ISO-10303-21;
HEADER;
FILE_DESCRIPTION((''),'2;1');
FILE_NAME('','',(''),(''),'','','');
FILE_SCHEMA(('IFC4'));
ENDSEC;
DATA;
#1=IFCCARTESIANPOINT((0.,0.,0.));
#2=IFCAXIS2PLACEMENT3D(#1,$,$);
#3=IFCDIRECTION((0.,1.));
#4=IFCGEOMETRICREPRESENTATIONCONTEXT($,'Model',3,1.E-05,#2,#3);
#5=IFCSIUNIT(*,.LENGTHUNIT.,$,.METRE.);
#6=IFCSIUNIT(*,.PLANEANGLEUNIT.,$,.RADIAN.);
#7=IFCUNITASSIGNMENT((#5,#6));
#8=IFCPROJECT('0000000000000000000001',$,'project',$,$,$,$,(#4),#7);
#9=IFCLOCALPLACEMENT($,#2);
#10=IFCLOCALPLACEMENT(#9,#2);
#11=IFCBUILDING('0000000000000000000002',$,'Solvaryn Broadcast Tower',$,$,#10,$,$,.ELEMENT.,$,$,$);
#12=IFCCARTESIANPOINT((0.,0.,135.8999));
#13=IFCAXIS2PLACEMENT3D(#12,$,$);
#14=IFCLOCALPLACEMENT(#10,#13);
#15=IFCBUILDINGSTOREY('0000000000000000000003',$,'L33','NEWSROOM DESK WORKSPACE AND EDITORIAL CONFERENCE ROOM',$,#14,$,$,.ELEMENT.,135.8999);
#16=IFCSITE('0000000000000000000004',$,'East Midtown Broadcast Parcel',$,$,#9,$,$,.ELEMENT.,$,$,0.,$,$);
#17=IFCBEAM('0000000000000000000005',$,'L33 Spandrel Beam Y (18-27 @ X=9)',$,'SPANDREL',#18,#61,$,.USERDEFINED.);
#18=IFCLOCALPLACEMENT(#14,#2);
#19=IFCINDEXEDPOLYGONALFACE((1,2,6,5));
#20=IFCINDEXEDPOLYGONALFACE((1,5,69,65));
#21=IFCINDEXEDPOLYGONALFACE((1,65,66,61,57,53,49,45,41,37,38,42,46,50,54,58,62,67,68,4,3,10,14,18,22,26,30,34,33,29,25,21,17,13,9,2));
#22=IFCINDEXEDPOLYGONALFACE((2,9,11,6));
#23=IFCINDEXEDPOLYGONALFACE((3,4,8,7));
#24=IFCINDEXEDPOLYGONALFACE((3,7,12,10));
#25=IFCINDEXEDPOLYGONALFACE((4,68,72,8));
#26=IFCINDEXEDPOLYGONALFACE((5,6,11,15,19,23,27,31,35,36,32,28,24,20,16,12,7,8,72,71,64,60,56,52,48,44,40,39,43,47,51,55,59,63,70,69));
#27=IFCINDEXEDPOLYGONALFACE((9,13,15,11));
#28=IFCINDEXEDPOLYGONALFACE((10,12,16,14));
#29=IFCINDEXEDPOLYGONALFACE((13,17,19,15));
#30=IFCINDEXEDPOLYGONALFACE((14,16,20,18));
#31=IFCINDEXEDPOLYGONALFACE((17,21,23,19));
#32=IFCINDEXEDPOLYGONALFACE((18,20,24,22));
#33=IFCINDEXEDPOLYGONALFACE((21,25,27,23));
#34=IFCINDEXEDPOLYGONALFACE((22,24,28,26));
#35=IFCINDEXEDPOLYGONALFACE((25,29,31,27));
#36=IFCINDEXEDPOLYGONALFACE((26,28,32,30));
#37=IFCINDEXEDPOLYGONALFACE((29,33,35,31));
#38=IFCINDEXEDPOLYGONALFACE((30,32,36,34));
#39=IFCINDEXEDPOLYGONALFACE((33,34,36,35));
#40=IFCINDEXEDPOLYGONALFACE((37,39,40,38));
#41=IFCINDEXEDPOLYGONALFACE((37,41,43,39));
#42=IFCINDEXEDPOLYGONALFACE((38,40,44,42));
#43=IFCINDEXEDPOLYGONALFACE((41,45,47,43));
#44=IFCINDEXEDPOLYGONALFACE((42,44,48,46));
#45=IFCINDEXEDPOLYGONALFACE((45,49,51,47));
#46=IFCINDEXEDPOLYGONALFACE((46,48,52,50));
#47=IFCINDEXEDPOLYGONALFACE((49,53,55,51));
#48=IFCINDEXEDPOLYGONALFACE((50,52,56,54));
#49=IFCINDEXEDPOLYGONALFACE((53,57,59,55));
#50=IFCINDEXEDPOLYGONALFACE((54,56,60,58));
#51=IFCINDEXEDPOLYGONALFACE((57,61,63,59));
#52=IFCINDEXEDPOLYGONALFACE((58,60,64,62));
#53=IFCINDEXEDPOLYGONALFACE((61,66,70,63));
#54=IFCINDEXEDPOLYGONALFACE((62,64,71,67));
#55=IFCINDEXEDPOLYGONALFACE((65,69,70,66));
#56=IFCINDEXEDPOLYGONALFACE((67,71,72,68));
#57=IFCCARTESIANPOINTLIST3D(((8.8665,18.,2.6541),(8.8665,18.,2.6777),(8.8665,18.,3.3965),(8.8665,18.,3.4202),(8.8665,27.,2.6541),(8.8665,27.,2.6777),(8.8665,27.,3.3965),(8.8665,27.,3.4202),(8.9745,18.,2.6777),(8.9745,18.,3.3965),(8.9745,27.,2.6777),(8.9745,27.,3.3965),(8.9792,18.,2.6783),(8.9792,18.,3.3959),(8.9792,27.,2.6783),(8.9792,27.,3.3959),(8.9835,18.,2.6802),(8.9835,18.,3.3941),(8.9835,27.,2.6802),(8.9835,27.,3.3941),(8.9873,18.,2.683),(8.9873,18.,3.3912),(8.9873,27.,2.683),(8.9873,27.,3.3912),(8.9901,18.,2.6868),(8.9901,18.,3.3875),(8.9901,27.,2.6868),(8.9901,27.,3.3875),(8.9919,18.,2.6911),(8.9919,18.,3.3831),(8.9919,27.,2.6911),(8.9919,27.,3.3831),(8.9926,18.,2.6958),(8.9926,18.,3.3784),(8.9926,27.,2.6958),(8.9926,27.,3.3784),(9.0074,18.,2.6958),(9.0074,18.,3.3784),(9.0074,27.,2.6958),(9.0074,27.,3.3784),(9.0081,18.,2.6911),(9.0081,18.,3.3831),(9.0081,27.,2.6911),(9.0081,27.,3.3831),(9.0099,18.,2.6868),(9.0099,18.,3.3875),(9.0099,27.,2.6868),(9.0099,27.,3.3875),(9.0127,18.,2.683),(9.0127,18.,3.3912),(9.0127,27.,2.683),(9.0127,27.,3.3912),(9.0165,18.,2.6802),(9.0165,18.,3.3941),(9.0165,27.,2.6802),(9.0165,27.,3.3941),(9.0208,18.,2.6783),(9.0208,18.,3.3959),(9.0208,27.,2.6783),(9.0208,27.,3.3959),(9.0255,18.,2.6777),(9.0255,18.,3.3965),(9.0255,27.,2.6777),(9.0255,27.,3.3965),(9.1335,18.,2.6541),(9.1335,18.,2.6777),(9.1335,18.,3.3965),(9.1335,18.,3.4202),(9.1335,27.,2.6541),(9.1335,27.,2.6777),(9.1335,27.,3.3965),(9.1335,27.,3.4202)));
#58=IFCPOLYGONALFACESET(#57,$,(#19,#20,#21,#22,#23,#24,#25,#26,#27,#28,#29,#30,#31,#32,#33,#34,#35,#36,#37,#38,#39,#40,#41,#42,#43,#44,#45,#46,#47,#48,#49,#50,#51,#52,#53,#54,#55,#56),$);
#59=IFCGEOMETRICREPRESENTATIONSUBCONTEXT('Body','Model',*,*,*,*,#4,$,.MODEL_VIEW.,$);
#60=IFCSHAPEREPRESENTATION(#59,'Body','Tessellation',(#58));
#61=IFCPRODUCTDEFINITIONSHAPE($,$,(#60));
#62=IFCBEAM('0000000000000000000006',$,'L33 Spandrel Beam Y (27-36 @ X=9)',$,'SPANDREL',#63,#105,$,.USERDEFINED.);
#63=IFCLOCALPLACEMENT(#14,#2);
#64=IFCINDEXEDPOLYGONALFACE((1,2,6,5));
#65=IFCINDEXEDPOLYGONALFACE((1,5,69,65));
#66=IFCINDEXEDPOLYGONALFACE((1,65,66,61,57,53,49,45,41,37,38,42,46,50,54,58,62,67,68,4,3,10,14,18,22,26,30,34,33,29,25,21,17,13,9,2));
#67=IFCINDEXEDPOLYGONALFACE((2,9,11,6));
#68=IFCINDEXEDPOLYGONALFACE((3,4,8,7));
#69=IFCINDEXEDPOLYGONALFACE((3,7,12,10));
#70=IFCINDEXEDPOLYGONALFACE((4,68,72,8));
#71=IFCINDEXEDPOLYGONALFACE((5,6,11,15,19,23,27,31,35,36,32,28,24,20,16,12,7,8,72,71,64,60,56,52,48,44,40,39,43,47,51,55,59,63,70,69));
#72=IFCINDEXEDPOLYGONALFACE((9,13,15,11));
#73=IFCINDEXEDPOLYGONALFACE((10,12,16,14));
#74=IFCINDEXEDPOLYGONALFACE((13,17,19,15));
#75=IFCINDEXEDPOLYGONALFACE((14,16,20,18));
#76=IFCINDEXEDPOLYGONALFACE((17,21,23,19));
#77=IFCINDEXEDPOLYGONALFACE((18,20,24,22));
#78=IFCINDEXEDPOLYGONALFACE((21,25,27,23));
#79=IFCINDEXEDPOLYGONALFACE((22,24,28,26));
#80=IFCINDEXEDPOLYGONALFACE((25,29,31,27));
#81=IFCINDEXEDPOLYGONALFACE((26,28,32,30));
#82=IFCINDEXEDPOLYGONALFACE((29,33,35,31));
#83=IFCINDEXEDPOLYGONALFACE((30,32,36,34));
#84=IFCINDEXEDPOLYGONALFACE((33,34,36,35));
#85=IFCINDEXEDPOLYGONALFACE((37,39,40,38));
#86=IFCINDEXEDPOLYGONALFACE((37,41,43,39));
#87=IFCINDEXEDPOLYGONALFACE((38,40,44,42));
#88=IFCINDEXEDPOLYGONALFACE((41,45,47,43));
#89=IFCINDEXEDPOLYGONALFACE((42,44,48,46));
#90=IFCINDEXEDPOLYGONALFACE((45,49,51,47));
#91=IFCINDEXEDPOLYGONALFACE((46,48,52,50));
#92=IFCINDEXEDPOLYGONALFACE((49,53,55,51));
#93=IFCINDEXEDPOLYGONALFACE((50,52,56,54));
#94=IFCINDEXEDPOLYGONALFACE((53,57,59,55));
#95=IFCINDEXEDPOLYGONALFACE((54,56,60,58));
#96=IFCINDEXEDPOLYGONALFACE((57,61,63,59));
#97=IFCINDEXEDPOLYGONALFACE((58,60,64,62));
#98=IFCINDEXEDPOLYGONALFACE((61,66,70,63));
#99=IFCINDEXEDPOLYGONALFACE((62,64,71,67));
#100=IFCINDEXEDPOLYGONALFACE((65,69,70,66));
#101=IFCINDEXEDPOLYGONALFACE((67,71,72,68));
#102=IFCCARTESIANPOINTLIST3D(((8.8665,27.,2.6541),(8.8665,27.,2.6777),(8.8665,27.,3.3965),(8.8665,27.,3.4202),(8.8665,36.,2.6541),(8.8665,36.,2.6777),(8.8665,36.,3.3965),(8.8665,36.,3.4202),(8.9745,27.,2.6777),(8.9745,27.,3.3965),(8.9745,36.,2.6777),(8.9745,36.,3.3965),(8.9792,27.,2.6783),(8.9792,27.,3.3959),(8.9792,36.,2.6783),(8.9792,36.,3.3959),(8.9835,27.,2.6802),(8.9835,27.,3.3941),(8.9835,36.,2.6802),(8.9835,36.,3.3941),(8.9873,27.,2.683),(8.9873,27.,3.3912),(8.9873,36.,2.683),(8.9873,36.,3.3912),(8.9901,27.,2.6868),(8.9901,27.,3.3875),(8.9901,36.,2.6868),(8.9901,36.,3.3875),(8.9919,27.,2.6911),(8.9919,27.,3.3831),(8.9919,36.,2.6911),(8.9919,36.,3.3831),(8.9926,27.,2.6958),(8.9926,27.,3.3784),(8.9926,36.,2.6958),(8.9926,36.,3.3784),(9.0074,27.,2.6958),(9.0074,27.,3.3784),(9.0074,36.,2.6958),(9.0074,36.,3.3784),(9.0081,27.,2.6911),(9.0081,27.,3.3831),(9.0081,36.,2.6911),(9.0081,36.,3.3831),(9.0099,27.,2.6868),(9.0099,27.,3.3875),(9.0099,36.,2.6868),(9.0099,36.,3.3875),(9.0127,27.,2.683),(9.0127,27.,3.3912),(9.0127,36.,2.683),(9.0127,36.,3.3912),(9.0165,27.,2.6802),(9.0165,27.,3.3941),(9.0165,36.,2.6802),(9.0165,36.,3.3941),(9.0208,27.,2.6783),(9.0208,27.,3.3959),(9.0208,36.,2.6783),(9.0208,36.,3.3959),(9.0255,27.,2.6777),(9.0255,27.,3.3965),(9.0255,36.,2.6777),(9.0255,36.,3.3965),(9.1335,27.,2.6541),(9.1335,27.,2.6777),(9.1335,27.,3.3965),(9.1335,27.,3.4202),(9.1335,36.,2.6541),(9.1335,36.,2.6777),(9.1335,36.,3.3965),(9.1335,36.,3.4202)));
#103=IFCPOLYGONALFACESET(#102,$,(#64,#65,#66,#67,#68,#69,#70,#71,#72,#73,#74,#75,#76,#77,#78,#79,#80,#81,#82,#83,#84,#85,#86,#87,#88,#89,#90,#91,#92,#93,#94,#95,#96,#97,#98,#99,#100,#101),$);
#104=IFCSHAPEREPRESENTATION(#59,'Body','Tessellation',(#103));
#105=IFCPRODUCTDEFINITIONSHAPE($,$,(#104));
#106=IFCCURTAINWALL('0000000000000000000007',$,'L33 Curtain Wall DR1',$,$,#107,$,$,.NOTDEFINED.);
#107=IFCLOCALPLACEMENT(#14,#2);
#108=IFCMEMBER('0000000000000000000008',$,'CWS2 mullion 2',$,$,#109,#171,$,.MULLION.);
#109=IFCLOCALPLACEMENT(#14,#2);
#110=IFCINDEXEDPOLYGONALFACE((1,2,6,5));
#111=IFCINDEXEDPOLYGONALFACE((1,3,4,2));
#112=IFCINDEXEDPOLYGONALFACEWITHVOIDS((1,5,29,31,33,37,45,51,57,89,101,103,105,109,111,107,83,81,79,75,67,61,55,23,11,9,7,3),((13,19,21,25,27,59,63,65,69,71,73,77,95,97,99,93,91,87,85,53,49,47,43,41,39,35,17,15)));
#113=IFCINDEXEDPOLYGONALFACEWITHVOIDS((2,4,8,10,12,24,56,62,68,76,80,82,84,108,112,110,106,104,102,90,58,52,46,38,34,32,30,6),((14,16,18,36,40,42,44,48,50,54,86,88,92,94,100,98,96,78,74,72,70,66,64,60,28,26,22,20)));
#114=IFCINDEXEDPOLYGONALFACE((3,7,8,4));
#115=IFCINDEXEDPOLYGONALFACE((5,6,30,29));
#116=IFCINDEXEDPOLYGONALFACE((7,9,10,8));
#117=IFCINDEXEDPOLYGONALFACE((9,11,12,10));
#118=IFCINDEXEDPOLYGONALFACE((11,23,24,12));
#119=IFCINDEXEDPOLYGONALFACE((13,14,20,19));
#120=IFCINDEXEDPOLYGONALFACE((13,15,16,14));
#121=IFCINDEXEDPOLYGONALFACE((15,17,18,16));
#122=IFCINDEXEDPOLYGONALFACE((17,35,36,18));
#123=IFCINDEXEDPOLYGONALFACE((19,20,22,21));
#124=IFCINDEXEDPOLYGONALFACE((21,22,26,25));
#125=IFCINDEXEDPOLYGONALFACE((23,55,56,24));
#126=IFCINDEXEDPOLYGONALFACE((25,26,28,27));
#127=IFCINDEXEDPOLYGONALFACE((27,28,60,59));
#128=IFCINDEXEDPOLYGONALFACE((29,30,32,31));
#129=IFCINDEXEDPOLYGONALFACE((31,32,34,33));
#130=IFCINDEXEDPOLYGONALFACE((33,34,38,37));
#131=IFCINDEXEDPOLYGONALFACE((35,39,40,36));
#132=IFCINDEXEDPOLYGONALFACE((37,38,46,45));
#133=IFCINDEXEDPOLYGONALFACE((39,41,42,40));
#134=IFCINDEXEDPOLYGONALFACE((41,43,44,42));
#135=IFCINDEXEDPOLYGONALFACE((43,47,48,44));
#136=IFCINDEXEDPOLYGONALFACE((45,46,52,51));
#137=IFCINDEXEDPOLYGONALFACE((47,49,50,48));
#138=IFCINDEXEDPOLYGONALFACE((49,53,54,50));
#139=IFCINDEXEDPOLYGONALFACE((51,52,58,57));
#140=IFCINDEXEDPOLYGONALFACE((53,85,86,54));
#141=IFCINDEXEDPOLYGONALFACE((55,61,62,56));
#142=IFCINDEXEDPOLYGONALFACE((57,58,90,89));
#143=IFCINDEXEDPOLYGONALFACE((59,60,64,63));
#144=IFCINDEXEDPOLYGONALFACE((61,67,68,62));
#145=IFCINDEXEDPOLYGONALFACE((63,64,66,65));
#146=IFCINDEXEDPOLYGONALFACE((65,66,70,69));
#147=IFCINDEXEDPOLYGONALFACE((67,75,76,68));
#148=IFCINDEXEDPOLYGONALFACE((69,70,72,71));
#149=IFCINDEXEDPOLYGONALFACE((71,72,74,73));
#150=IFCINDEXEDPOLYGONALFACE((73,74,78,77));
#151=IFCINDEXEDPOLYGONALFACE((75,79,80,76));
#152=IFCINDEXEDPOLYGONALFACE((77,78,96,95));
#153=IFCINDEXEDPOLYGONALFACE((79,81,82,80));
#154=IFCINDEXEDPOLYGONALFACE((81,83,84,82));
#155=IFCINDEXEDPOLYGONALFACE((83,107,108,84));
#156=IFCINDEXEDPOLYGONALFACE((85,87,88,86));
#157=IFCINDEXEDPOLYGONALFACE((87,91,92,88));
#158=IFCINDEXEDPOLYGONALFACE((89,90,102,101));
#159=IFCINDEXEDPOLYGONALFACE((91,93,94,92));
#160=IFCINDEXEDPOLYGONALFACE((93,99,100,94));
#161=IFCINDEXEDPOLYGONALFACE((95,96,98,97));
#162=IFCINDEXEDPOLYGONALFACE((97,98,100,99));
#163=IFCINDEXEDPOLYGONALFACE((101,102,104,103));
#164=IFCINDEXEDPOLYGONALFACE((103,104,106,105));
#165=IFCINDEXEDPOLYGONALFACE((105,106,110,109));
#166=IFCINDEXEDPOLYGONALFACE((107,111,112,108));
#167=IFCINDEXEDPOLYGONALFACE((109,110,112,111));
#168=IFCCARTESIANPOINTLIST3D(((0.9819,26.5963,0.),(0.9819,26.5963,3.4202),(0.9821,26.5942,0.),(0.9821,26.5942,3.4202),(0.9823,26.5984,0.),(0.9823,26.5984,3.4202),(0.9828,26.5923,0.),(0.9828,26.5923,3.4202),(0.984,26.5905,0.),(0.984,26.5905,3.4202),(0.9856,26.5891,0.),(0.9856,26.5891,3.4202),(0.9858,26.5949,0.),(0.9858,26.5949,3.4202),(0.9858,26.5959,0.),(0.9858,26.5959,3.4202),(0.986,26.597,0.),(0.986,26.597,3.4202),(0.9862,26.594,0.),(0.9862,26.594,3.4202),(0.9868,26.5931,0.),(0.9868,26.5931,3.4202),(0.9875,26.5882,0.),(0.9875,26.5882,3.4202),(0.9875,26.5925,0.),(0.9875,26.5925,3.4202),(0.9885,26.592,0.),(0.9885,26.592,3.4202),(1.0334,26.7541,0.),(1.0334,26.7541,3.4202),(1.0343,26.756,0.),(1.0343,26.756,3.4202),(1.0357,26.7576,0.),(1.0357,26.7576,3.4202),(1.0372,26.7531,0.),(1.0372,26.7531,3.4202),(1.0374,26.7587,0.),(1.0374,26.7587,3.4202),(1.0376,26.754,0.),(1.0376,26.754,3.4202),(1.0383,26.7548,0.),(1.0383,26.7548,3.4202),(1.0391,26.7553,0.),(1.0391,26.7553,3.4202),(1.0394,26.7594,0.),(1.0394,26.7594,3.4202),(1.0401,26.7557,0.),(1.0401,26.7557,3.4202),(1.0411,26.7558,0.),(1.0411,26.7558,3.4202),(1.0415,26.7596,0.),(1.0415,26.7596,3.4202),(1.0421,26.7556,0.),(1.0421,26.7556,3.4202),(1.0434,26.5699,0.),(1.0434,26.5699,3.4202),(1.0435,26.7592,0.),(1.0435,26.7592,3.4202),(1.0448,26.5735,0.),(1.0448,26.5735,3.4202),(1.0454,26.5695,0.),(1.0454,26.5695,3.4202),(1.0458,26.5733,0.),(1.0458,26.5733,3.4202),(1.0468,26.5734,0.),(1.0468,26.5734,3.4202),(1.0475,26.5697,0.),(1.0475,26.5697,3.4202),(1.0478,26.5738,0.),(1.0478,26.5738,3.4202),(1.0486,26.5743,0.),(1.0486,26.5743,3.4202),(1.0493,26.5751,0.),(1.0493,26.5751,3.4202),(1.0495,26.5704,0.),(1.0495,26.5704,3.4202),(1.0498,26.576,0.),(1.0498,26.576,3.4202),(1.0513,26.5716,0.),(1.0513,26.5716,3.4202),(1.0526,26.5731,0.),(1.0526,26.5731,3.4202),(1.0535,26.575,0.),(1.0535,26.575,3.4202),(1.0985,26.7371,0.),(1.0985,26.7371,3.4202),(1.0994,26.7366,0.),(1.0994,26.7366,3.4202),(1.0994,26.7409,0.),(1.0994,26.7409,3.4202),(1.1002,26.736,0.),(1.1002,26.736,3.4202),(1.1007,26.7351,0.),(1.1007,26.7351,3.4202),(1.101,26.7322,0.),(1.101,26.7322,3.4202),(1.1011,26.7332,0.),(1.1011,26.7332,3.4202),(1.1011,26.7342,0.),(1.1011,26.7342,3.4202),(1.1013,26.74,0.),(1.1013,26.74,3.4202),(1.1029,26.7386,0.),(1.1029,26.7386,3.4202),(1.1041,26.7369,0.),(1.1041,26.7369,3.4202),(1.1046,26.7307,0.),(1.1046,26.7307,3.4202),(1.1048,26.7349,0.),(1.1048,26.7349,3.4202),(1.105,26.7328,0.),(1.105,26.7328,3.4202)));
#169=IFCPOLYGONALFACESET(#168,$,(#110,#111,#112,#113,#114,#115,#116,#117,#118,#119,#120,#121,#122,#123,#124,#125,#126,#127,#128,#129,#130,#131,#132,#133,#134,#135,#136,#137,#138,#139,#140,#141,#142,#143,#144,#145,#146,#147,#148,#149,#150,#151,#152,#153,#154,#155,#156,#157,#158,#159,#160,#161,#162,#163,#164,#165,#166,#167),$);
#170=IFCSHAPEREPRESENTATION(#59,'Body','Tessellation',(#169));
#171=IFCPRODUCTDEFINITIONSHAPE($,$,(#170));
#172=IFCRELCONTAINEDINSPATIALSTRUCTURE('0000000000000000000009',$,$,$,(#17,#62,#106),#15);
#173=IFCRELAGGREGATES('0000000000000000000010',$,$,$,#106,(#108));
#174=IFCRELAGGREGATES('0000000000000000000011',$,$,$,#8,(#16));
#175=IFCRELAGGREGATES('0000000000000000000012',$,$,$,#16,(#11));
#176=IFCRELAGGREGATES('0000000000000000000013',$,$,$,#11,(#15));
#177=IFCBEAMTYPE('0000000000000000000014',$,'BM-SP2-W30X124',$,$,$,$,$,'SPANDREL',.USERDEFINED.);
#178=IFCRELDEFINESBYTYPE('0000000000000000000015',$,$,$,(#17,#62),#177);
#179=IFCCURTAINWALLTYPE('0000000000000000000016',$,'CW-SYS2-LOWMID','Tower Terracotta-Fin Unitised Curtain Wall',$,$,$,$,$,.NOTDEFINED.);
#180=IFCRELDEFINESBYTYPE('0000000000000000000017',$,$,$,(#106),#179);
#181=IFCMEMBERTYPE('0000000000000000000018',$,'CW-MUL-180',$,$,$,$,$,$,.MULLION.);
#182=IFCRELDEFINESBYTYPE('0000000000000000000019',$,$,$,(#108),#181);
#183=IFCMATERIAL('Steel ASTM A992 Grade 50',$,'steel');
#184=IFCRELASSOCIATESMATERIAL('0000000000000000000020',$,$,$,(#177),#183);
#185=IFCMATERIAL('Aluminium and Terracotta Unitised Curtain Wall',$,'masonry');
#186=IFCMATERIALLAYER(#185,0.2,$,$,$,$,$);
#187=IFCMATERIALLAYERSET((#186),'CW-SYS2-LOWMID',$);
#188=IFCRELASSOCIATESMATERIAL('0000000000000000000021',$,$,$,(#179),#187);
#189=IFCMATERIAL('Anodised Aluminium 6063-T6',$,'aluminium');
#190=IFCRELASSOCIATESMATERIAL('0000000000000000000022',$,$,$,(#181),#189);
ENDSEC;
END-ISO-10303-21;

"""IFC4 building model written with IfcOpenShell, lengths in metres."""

from ifc_helpers import new_model, si_unit, direction, frame, origin, origin_2d, place, context, subcontext, project, spatial, hollow_rectangle, i_section, extrude, material, layer, layer_set, material_profile, profile_set, type_object, element, aggregate, save


model = new_model("IFC4")

# Units and contexts
model_context = context("Model", 3, precision=1e-05, world=origin(), true_north=direction((0.0, 1.0)))
body_context = subcontext(model_context, "Body", "Model", "MODEL_VIEW")
ifc_project = project(units=[si_unit("LENGTHUNIT", "METRE"), si_unit("PLANEANGLEUNIT", "RADIAN")], contexts=[model_context])

# Site, building, storey
site_placement = place(None, origin())
site = spatial("IfcSite", under=ifc_project, at=site_placement, Name="East Midtown Broadcast Parcel", CompositionType="ELEMENT", RefElevation=0.0)
building_placement = place(site_placement, origin())
building = spatial("IfcBuilding", under=site, at=building_placement, Name="Solvaryn Broadcast Tower", CompositionType="ELEMENT")
storey_placement = place(building_placement, frame((0.0, 0.0, 135.8999)))
storey = spatial("IfcBuildingStorey", under=building, at=storey_placement, Name="L33", Description="NEWSROOM DESK WORKSPACE AND EDITORIAL CONFERENCE ROOM", CompositionType="ELEMENT", Elevation=135.8999)

# Beams
ifc_material_1 = material(Name="Steel ASTM A992 Grade 50", Category="steel")
ifc_material_profile_1 = material_profile(ifc_material_1, i_section(OverallWidth=0.2671, OverallDepth=0.7661, WebThickness=0.0149, FlangeThickness=0.0237, FilletRadius=0.0181, at=origin_2d()))
ifc_profile_set_1 = profile_set([ifc_material_profile_1], Name="Steel ASTM A992 Grade 50")
beam_type_1 = type_object("IfcBeamType", Name="BM-SP2-W30X124", ElementType="SPANDREL", PredefinedType="USERDEFINED", material=ifc_profile_set_1)
for number, where, z_axis, x_axis, name in (
    (1, (9.0, 18.0, 3.0371), (0.0, 1.0, 0.0), (-1.0, 0.0, 0.0), "L33 Spandrel Beam Y (18-27 @ X=9)"),
    (2, (9.0, 27.0, 3.0371), (0.0, 1.0, 0.0), (-1.0, 0.0, 0.0), "L33 Spandrel Beam Y (27-36 @ X=9)"),
):
    element("IfcBeam", number, at=place(storey_placement, frame(where, z_axis=z_axis, x_axis=x_axis)), inside=storey, type_object=beam_type_1, Name=name, ObjectType="SPANDREL", PredefinedType="USERDEFINED", context=body_context, shape_type="SweptSolid", body=[
        extrude(i_section(OverallWidth=0.2671, OverallDepth=0.7661, WebThickness=0.0149, FlangeThickness=0.0237, FilletRadius=0.0181, at=origin_2d()), origin(), (0.0, 0.0, 1.0), 9.0),
    ])

# Curtain wall, member
ifc_material_2 = material(Name="Aluminium and Terracotta Unitised Curtain Wall", Category="masonry")
ifc_layer_1 = layer(ifc_material_2, 0.2)
ifc_layer_set_1 = layer_set([ifc_layer_1], Name="CW-SYS2-LOWMID")
curtain_wall_type = type_object("IfcCurtainWallType", Name="CW-SYS2-LOWMID", Description="Tower Terracotta-Fin Unitised Curtain Wall", PredefinedType="NOTDEFINED", material=ifc_layer_set_1)
curtain_wall_1_placement = place(storey_placement, origin())
curtain_wall_1 = element("IfcCurtainWall", 3, at=curtain_wall_1_placement, inside=storey, type_object=curtain_wall_type, Name="L33 Curtain Wall DR1", PredefinedType="NOTDEFINED")
ifc_material_3 = material(Name="Anodised Aluminium 6063-T6", Category="aluminium")
ifc_material_profile_2 = material_profile(ifc_material_3, hollow_rectangle(XDim=0.075, YDim=0.1799, WallThickness=0.0039, InnerFilletRadius=0.0039, OuterFilletRadius=0.0081, at=origin_2d()))
ifc_profile_set_2 = profile_set([ifc_material_profile_2], Name="Anodised Aluminium 6063-T6")
member_type_1 = type_object("IfcMemberType", Name="CW-MUL-180", PredefinedType="MULLION", material=ifc_profile_set_2)
member_1_placement = place(storey_placement, frame((1.0435, 26.6646, 0.0), z_axis=(0.0, 0.0, 1.0), x_axis=(0.950198, -0.311646, 0.0)))
member_1 = element("IfcMember", 4, at=member_1_placement, type_object=member_type_1, Name="CWS2 mullion 2", PredefinedType="MULLION", context=body_context, shape_type="SweptSolid", body=[
    extrude(hollow_rectangle(XDim=0.075, YDim=0.1799, WallThickness=0.0039, InnerFilletRadius=0.0039, OuterFilletRadius=0.0081, at=origin_2d()), origin(), (0.0, 0.0, 1.0), 3.4202),
])
aggregate(curtain_wall_1, [member_1])

save(model, "model.ifc")
